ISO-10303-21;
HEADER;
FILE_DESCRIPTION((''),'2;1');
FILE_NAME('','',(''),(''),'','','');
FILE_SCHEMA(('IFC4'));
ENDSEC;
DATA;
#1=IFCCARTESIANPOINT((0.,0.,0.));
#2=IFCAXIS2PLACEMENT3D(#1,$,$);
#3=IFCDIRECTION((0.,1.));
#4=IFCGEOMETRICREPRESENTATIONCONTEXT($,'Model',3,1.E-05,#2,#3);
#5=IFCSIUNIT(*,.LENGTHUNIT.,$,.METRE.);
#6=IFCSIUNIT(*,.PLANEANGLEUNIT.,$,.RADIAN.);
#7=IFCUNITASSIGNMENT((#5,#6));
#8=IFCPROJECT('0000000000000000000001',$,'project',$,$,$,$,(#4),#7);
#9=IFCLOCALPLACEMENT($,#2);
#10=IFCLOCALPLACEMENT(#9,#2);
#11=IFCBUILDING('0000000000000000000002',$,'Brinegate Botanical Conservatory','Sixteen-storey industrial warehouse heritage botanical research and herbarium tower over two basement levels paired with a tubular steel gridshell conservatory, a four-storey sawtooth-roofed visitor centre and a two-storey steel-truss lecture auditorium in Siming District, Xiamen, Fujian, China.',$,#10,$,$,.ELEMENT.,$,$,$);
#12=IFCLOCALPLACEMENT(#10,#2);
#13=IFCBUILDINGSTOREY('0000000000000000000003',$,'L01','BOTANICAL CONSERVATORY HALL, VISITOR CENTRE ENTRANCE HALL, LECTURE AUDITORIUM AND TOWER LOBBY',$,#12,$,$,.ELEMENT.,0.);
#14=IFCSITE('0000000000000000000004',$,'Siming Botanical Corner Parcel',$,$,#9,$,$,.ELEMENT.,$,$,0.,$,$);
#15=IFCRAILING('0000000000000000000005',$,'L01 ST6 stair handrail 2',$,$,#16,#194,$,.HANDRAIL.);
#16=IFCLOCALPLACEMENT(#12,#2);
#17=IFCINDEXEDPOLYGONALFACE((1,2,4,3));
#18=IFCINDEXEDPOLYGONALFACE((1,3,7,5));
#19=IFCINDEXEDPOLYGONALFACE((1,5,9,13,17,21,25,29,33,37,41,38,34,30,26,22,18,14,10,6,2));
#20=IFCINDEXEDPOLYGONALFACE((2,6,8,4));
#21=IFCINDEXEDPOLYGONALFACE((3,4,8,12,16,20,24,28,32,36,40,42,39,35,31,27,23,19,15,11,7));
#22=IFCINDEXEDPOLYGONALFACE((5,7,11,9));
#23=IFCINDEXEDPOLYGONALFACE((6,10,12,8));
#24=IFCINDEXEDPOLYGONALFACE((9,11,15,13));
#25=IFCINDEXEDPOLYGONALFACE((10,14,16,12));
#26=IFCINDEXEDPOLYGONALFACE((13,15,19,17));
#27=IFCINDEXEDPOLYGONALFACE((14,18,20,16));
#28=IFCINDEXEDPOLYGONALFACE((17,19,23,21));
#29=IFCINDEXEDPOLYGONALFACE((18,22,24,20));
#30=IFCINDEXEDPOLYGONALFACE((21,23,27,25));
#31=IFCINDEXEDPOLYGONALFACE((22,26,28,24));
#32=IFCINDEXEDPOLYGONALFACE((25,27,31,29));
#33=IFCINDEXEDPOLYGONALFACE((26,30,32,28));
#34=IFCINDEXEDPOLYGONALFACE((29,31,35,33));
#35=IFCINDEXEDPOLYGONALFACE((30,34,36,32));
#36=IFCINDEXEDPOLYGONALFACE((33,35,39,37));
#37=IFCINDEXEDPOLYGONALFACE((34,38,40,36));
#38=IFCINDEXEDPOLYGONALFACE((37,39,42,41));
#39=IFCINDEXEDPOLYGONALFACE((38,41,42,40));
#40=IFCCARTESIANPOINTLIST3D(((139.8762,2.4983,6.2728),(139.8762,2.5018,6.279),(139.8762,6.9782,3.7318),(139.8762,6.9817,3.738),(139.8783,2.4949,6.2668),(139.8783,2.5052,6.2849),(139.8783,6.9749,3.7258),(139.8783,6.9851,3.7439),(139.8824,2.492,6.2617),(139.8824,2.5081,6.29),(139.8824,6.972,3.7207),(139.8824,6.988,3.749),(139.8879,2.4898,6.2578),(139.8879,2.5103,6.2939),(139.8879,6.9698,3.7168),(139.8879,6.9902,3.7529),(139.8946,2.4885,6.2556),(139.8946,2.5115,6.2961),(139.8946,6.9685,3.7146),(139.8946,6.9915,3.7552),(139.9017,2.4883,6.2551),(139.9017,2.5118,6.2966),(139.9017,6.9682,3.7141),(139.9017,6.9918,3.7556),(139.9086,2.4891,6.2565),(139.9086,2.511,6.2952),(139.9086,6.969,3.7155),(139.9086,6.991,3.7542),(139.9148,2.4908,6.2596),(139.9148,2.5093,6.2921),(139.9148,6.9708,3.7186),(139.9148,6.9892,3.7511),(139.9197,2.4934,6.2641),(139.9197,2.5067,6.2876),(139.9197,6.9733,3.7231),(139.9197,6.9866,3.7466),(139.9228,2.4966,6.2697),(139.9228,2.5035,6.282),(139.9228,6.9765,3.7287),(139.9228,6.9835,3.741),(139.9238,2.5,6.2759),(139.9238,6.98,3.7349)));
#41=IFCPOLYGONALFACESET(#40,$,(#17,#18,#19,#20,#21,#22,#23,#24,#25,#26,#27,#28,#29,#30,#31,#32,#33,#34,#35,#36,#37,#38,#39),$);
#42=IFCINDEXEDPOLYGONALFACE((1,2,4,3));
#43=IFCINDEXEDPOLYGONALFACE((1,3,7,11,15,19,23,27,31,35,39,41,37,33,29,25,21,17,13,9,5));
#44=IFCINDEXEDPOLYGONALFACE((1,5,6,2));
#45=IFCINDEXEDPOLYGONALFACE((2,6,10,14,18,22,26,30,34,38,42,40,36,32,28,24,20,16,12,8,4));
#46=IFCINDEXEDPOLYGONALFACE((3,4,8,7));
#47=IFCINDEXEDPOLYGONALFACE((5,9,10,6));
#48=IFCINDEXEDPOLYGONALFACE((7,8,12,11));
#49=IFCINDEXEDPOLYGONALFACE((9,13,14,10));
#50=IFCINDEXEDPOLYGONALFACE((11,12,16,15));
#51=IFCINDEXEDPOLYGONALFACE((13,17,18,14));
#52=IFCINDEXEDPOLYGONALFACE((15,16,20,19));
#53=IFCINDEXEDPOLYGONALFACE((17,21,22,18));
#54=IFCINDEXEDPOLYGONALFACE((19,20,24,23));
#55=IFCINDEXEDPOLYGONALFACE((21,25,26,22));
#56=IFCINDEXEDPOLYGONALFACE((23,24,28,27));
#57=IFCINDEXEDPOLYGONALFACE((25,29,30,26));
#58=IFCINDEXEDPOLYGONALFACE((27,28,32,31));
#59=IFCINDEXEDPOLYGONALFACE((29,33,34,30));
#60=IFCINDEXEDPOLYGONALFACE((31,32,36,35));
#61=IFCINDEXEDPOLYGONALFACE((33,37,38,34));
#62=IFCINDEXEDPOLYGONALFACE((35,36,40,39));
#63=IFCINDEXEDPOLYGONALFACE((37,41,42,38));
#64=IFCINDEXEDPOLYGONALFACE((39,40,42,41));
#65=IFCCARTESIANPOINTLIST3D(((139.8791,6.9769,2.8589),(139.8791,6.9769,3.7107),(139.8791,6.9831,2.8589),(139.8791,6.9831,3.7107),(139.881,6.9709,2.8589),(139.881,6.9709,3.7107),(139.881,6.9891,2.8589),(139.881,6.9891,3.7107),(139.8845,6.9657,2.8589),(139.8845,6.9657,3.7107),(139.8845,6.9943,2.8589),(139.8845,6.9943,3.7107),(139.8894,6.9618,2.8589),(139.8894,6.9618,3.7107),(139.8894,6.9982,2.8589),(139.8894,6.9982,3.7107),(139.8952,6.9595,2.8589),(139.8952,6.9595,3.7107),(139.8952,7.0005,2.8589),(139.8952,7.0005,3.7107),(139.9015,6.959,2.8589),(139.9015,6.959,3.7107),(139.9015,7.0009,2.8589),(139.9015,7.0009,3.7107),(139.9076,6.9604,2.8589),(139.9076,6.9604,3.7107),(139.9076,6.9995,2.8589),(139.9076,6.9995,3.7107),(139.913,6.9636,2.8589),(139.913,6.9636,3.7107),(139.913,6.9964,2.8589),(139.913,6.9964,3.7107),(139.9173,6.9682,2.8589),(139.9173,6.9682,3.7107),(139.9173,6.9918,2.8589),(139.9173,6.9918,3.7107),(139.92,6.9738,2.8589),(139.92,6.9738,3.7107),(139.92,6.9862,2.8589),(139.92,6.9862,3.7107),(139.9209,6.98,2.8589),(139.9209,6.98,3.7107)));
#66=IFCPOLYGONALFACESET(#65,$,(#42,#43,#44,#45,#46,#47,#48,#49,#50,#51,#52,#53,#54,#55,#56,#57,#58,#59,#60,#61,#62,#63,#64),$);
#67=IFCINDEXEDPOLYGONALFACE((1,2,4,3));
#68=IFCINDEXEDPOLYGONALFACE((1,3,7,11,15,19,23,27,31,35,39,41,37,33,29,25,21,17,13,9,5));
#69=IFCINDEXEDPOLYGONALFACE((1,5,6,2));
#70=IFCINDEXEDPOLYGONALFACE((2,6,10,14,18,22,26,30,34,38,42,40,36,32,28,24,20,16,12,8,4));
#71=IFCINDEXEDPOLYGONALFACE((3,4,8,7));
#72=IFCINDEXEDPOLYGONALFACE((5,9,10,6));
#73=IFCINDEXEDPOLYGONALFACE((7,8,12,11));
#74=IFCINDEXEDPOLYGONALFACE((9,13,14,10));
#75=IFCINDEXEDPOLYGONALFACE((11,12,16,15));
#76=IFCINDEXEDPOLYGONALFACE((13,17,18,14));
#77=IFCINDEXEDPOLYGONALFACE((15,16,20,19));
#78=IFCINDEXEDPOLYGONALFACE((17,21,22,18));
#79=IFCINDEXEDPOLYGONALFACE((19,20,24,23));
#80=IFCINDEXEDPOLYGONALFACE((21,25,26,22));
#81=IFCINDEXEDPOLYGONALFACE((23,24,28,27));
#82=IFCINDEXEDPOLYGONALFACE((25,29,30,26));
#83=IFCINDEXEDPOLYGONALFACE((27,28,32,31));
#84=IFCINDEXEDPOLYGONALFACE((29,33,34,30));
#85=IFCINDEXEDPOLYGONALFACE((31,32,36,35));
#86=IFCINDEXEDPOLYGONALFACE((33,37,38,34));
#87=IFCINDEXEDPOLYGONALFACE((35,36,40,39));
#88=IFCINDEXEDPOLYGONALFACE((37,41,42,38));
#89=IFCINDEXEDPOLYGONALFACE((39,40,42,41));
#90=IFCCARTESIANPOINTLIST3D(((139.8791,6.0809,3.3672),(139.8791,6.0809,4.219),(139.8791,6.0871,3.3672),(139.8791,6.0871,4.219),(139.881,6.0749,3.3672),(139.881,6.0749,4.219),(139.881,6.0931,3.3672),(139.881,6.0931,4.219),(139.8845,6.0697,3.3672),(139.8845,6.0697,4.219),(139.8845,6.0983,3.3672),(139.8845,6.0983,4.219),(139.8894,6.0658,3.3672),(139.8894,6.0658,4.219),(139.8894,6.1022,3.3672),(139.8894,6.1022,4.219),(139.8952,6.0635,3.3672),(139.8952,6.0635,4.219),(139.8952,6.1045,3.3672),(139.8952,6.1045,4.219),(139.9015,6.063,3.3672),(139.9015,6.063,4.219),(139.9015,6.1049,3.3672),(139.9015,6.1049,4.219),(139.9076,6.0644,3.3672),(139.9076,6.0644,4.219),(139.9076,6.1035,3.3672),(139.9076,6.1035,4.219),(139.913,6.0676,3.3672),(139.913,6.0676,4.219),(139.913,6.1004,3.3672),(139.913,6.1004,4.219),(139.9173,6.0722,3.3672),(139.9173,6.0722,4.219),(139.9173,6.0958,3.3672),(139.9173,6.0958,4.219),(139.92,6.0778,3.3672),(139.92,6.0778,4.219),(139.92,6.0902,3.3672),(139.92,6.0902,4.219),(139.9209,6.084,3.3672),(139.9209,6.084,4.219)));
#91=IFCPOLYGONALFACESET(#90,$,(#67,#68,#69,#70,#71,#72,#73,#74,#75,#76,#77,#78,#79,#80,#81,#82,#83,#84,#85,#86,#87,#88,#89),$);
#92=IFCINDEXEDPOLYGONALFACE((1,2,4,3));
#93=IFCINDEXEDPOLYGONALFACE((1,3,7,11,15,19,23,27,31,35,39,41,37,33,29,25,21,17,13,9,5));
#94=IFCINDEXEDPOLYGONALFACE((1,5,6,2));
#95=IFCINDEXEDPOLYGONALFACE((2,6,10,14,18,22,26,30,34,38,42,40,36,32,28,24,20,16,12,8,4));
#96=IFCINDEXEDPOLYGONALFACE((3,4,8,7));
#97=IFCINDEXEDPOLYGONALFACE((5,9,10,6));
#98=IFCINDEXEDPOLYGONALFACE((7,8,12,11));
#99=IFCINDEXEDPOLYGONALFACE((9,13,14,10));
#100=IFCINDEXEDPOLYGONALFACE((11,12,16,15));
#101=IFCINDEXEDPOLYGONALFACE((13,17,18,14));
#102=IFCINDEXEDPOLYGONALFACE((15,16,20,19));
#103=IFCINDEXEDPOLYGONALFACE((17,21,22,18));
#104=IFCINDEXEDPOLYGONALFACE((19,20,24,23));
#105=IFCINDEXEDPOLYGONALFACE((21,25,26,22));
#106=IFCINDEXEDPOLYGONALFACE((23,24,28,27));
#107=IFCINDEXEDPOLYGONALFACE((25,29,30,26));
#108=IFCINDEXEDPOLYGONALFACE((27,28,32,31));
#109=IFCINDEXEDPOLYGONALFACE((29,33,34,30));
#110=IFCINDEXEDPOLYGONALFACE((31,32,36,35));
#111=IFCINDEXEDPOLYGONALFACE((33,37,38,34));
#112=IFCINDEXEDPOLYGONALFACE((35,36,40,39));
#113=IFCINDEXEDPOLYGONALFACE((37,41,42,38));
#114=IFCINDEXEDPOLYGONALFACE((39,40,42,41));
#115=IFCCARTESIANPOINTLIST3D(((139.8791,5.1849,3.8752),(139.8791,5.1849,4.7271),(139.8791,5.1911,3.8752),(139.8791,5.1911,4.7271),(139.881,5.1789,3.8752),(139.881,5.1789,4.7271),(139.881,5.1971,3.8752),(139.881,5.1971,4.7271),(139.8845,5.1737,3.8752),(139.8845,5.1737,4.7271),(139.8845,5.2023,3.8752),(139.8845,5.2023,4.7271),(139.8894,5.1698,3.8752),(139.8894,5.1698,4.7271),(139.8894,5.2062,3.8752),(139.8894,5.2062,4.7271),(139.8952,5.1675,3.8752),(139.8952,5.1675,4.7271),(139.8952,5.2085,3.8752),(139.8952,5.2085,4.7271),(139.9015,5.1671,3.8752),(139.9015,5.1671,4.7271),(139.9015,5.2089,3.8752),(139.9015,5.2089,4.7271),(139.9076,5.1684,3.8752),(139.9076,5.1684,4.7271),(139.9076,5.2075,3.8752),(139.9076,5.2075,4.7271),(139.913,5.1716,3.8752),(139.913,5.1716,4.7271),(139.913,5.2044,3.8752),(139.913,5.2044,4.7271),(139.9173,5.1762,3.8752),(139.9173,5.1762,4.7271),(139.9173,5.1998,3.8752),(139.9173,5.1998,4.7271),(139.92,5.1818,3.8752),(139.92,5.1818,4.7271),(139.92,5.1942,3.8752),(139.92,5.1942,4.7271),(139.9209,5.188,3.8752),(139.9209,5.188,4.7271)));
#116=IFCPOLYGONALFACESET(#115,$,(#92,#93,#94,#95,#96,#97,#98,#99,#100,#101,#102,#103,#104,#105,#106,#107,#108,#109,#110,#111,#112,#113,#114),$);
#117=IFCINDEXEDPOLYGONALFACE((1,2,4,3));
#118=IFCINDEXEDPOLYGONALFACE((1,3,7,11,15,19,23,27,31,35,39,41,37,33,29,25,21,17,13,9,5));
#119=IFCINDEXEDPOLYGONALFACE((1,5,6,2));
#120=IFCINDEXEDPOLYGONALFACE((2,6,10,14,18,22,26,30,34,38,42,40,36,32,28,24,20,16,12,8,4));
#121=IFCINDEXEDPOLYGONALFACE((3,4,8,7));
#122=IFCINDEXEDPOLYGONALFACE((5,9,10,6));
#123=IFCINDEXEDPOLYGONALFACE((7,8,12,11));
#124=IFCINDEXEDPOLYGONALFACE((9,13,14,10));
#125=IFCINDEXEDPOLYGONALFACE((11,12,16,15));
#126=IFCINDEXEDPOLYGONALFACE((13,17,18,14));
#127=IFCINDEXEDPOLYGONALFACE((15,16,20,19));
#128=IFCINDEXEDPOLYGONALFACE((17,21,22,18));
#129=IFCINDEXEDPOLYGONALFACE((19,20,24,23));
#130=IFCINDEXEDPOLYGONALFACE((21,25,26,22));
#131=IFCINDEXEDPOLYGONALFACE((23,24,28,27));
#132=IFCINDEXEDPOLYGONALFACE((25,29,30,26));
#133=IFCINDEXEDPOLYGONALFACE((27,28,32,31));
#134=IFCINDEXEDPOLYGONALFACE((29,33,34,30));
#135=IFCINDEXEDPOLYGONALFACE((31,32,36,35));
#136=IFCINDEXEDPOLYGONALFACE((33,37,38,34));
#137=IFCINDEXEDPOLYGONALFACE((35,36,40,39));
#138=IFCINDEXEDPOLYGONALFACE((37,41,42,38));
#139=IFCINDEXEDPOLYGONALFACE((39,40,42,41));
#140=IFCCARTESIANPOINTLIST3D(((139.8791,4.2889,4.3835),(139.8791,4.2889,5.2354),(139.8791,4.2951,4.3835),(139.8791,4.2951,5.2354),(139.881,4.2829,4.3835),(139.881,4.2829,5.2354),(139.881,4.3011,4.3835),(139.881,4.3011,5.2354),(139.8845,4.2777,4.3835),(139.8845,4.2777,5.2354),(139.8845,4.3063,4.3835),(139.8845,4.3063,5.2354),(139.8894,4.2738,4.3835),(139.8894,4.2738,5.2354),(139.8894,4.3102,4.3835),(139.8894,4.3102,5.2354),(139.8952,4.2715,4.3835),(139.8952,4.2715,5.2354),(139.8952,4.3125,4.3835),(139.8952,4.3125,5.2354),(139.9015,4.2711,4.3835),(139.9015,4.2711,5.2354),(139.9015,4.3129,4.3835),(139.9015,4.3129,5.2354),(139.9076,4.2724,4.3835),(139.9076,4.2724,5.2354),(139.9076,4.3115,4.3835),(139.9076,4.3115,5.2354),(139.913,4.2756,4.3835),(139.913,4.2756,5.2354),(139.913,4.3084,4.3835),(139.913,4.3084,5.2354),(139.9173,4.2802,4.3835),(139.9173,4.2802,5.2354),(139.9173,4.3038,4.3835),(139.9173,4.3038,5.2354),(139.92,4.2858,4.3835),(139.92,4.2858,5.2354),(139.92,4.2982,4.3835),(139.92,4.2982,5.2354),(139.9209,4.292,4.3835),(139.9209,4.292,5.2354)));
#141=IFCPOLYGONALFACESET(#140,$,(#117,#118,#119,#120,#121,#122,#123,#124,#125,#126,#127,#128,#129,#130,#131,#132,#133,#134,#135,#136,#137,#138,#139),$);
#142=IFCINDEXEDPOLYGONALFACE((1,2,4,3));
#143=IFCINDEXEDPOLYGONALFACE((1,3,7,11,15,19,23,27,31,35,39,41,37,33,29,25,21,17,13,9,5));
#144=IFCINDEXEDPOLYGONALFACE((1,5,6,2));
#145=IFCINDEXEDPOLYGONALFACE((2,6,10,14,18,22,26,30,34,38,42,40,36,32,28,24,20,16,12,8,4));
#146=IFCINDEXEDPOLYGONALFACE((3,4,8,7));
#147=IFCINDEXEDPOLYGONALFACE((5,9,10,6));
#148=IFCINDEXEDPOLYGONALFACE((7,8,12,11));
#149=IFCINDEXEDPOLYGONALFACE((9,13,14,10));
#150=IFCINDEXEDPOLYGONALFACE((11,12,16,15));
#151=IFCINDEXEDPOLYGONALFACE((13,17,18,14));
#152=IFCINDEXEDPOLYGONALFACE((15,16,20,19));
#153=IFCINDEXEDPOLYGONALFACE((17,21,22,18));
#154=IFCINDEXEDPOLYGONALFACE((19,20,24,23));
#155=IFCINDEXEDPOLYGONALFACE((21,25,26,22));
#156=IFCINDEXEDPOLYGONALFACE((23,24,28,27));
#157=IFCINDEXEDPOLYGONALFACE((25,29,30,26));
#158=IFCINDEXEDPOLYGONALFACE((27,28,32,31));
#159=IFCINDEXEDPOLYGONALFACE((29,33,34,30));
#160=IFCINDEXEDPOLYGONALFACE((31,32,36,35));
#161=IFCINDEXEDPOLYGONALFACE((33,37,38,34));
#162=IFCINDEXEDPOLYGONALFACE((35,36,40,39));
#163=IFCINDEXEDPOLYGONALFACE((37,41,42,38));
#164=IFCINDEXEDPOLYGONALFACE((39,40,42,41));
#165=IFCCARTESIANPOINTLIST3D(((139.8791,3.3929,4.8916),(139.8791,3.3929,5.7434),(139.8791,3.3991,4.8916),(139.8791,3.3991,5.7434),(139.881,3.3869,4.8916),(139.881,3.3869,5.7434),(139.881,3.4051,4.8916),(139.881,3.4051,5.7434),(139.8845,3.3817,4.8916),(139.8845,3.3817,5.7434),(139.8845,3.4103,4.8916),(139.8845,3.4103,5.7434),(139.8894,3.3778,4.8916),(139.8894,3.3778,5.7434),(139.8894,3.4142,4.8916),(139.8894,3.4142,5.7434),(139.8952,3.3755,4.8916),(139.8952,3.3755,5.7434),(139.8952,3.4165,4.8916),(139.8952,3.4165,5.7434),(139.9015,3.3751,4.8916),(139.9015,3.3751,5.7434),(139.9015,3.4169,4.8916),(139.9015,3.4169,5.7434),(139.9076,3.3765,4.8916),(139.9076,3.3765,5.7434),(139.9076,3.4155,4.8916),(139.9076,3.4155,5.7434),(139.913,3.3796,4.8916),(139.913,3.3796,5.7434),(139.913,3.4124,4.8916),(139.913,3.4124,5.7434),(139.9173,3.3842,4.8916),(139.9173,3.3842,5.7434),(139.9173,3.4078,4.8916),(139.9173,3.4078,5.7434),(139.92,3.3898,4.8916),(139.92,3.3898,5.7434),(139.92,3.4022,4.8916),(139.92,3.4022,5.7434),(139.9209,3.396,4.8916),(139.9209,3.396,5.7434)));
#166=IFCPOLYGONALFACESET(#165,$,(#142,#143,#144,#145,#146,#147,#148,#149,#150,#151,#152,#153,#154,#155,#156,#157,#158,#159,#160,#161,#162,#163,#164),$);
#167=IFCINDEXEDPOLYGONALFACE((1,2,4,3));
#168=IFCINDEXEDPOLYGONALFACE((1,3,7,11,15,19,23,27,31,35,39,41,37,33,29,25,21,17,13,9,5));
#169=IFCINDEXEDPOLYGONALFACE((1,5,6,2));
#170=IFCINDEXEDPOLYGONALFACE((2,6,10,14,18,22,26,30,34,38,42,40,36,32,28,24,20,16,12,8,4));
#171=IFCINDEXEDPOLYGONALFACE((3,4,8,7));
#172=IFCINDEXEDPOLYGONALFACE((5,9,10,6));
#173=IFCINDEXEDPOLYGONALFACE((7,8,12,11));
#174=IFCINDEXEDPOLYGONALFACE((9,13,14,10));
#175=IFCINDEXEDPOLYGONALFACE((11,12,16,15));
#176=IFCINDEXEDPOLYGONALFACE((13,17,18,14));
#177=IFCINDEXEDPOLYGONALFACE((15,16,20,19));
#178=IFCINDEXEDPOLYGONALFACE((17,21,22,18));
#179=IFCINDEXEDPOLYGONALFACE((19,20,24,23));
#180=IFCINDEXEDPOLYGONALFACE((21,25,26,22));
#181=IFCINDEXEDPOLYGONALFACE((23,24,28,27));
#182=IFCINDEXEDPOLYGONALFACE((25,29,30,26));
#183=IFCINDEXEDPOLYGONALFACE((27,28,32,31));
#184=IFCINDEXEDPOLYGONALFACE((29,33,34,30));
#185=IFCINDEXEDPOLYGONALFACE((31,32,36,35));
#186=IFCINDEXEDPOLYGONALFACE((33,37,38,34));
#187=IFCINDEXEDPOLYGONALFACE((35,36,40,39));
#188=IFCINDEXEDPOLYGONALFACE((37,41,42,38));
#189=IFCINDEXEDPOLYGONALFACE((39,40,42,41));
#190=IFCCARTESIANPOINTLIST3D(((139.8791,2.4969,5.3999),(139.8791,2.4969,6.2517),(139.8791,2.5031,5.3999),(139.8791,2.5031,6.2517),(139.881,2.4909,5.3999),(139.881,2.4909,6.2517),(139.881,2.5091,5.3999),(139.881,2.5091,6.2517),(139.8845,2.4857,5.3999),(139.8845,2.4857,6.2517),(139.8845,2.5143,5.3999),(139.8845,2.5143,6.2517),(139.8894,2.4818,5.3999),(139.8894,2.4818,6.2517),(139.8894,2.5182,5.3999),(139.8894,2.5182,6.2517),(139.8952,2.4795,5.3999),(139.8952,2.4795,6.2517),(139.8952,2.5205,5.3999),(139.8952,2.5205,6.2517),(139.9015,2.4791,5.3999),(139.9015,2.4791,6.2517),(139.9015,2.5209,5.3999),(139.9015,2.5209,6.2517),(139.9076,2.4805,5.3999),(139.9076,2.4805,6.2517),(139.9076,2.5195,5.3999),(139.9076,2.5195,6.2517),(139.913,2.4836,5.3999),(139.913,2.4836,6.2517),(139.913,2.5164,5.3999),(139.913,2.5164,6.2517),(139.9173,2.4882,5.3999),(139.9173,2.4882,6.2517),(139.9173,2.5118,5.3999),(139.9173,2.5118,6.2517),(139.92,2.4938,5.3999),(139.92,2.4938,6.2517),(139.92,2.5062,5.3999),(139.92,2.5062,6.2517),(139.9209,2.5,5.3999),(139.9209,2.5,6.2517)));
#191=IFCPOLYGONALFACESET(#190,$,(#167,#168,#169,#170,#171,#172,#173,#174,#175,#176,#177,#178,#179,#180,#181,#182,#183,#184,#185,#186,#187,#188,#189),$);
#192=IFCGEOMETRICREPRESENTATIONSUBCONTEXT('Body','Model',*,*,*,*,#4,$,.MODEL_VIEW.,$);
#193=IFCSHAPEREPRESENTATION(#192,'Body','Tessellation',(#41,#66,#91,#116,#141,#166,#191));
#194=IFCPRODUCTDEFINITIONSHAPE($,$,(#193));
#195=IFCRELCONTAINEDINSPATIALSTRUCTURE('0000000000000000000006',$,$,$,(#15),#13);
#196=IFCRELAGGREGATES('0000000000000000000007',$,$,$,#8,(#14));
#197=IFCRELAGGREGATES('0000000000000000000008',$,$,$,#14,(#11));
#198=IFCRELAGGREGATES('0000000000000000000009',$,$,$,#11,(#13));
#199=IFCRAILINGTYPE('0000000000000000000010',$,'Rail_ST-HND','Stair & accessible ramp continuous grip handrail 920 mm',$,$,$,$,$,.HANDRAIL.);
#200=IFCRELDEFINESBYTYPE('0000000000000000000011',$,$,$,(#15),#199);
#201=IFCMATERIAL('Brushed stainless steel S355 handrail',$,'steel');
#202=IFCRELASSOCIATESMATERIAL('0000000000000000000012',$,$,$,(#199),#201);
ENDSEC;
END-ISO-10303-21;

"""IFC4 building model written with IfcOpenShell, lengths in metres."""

from ifc_helpers import new_model, si_unit, direction, frame, origin, origin_2d, place, context, subcontext, project, spatial, circle, extrude, material, type_object, element, save


model = new_model("IFC4")

# Units and contexts
model_context = context("Model", 3, precision=1e-05, world=origin(), true_north=direction((0.0, 1.0)))
body_context = subcontext(model_context, "Body", "Model", "MODEL_VIEW")
ifc_project = project(units=[si_unit("LENGTHUNIT", "METRE"), si_unit("PLANEANGLEUNIT", "RADIAN")], contexts=[model_context])

# Site, building, storey
site_placement = place(None, origin())
site = spatial("IfcSite", under=ifc_project, at=site_placement, Name="Siming Botanical Corner Parcel", CompositionType="ELEMENT", RefElevation=0.0)
building_placement = place(site_placement, origin())
building = spatial("IfcBuilding", under=site, at=building_placement, Name="Brinegate Botanical Conservatory", Description="Sixteen-storey industrial warehouse heritage botanical research and herbarium tower over two basement levels paired with a tubular steel gridshell conservatory, a four-storey sawtooth-roofed visitor centre and a two-storey steel-truss lecture auditorium in Siming District, Xiamen, Fujian, China.", CompositionType="ELEMENT")
storey_placement = place(building_placement, origin())
storey = spatial("IfcBuildingStorey", under=building, at=storey_placement, Name="L01", Description="BOTANICAL CONSERVATORY HALL, VISITOR CENTRE ENTRANCE HALL, LECTURE AUDITORIUM AND TOWER LOBBY", CompositionType="ELEMENT", Elevation=0.0)

# Railing
ifc_material_1 = material(Name="Brushed stainless steel S355 handrail", Category="steel")
railing_type_1 = type_object("IfcRailingType", Name="Rail_ST-HND", Description="Stair & accessible ramp continuous grip handrail 920 mm", PredefinedType="HANDRAIL", material=ifc_material_1)
railing_1_placement = place(storey_placement, frame((139.8999, 6.98, 2.8589)))
element("IfcRailing", 1, at=railing_1_placement, inside=storey, type_object=railing_type_1, Name="L01 ST6 stair handrail 2", PredefinedType="HANDRAIL", context=body_context, shape_type="SweptSolid", body=[
    extrude(circle(Radius=0.0239, at=origin_2d()), frame((0.0, 0.0, 0.876), z_axis=(0.0, -0.869826, 0.493359), x_axis=(1.0, 0.0, 0.0)), (0.0, 0.0, 1.0), 5.1504),
    extrude(circle(Radius=0.021, at=origin_2d()), origin(), (0.0, 0.0, 1.0), 0.8518),
    extrude(circle(Radius=0.021, at=origin_2d()), frame((0.0, -0.896, 0.5083)), (0.0, 0.0, 1.0), 0.8518),
    extrude(circle(Radius=0.021, at=origin_2d()), frame((0.0, -1.792, 1.0164)), (0.0, 0.0, 1.0), 0.8518),
    extrude(circle(Radius=0.021, at=origin_2d()), frame((0.0, -2.688, 1.5247)), (0.0, 0.0, 1.0), 0.8518),
    extrude(circle(Radius=0.021, at=origin_2d()), frame((0.0, -3.584, 2.0327)), (0.0, 0.0, 1.0), 0.8518),
    extrude(circle(Radius=0.021, at=origin_2d()), frame((0.0, -4.48, 2.541)), (0.0, 0.0, 1.0), 0.8518),
])

save(model, "model.ifc")
